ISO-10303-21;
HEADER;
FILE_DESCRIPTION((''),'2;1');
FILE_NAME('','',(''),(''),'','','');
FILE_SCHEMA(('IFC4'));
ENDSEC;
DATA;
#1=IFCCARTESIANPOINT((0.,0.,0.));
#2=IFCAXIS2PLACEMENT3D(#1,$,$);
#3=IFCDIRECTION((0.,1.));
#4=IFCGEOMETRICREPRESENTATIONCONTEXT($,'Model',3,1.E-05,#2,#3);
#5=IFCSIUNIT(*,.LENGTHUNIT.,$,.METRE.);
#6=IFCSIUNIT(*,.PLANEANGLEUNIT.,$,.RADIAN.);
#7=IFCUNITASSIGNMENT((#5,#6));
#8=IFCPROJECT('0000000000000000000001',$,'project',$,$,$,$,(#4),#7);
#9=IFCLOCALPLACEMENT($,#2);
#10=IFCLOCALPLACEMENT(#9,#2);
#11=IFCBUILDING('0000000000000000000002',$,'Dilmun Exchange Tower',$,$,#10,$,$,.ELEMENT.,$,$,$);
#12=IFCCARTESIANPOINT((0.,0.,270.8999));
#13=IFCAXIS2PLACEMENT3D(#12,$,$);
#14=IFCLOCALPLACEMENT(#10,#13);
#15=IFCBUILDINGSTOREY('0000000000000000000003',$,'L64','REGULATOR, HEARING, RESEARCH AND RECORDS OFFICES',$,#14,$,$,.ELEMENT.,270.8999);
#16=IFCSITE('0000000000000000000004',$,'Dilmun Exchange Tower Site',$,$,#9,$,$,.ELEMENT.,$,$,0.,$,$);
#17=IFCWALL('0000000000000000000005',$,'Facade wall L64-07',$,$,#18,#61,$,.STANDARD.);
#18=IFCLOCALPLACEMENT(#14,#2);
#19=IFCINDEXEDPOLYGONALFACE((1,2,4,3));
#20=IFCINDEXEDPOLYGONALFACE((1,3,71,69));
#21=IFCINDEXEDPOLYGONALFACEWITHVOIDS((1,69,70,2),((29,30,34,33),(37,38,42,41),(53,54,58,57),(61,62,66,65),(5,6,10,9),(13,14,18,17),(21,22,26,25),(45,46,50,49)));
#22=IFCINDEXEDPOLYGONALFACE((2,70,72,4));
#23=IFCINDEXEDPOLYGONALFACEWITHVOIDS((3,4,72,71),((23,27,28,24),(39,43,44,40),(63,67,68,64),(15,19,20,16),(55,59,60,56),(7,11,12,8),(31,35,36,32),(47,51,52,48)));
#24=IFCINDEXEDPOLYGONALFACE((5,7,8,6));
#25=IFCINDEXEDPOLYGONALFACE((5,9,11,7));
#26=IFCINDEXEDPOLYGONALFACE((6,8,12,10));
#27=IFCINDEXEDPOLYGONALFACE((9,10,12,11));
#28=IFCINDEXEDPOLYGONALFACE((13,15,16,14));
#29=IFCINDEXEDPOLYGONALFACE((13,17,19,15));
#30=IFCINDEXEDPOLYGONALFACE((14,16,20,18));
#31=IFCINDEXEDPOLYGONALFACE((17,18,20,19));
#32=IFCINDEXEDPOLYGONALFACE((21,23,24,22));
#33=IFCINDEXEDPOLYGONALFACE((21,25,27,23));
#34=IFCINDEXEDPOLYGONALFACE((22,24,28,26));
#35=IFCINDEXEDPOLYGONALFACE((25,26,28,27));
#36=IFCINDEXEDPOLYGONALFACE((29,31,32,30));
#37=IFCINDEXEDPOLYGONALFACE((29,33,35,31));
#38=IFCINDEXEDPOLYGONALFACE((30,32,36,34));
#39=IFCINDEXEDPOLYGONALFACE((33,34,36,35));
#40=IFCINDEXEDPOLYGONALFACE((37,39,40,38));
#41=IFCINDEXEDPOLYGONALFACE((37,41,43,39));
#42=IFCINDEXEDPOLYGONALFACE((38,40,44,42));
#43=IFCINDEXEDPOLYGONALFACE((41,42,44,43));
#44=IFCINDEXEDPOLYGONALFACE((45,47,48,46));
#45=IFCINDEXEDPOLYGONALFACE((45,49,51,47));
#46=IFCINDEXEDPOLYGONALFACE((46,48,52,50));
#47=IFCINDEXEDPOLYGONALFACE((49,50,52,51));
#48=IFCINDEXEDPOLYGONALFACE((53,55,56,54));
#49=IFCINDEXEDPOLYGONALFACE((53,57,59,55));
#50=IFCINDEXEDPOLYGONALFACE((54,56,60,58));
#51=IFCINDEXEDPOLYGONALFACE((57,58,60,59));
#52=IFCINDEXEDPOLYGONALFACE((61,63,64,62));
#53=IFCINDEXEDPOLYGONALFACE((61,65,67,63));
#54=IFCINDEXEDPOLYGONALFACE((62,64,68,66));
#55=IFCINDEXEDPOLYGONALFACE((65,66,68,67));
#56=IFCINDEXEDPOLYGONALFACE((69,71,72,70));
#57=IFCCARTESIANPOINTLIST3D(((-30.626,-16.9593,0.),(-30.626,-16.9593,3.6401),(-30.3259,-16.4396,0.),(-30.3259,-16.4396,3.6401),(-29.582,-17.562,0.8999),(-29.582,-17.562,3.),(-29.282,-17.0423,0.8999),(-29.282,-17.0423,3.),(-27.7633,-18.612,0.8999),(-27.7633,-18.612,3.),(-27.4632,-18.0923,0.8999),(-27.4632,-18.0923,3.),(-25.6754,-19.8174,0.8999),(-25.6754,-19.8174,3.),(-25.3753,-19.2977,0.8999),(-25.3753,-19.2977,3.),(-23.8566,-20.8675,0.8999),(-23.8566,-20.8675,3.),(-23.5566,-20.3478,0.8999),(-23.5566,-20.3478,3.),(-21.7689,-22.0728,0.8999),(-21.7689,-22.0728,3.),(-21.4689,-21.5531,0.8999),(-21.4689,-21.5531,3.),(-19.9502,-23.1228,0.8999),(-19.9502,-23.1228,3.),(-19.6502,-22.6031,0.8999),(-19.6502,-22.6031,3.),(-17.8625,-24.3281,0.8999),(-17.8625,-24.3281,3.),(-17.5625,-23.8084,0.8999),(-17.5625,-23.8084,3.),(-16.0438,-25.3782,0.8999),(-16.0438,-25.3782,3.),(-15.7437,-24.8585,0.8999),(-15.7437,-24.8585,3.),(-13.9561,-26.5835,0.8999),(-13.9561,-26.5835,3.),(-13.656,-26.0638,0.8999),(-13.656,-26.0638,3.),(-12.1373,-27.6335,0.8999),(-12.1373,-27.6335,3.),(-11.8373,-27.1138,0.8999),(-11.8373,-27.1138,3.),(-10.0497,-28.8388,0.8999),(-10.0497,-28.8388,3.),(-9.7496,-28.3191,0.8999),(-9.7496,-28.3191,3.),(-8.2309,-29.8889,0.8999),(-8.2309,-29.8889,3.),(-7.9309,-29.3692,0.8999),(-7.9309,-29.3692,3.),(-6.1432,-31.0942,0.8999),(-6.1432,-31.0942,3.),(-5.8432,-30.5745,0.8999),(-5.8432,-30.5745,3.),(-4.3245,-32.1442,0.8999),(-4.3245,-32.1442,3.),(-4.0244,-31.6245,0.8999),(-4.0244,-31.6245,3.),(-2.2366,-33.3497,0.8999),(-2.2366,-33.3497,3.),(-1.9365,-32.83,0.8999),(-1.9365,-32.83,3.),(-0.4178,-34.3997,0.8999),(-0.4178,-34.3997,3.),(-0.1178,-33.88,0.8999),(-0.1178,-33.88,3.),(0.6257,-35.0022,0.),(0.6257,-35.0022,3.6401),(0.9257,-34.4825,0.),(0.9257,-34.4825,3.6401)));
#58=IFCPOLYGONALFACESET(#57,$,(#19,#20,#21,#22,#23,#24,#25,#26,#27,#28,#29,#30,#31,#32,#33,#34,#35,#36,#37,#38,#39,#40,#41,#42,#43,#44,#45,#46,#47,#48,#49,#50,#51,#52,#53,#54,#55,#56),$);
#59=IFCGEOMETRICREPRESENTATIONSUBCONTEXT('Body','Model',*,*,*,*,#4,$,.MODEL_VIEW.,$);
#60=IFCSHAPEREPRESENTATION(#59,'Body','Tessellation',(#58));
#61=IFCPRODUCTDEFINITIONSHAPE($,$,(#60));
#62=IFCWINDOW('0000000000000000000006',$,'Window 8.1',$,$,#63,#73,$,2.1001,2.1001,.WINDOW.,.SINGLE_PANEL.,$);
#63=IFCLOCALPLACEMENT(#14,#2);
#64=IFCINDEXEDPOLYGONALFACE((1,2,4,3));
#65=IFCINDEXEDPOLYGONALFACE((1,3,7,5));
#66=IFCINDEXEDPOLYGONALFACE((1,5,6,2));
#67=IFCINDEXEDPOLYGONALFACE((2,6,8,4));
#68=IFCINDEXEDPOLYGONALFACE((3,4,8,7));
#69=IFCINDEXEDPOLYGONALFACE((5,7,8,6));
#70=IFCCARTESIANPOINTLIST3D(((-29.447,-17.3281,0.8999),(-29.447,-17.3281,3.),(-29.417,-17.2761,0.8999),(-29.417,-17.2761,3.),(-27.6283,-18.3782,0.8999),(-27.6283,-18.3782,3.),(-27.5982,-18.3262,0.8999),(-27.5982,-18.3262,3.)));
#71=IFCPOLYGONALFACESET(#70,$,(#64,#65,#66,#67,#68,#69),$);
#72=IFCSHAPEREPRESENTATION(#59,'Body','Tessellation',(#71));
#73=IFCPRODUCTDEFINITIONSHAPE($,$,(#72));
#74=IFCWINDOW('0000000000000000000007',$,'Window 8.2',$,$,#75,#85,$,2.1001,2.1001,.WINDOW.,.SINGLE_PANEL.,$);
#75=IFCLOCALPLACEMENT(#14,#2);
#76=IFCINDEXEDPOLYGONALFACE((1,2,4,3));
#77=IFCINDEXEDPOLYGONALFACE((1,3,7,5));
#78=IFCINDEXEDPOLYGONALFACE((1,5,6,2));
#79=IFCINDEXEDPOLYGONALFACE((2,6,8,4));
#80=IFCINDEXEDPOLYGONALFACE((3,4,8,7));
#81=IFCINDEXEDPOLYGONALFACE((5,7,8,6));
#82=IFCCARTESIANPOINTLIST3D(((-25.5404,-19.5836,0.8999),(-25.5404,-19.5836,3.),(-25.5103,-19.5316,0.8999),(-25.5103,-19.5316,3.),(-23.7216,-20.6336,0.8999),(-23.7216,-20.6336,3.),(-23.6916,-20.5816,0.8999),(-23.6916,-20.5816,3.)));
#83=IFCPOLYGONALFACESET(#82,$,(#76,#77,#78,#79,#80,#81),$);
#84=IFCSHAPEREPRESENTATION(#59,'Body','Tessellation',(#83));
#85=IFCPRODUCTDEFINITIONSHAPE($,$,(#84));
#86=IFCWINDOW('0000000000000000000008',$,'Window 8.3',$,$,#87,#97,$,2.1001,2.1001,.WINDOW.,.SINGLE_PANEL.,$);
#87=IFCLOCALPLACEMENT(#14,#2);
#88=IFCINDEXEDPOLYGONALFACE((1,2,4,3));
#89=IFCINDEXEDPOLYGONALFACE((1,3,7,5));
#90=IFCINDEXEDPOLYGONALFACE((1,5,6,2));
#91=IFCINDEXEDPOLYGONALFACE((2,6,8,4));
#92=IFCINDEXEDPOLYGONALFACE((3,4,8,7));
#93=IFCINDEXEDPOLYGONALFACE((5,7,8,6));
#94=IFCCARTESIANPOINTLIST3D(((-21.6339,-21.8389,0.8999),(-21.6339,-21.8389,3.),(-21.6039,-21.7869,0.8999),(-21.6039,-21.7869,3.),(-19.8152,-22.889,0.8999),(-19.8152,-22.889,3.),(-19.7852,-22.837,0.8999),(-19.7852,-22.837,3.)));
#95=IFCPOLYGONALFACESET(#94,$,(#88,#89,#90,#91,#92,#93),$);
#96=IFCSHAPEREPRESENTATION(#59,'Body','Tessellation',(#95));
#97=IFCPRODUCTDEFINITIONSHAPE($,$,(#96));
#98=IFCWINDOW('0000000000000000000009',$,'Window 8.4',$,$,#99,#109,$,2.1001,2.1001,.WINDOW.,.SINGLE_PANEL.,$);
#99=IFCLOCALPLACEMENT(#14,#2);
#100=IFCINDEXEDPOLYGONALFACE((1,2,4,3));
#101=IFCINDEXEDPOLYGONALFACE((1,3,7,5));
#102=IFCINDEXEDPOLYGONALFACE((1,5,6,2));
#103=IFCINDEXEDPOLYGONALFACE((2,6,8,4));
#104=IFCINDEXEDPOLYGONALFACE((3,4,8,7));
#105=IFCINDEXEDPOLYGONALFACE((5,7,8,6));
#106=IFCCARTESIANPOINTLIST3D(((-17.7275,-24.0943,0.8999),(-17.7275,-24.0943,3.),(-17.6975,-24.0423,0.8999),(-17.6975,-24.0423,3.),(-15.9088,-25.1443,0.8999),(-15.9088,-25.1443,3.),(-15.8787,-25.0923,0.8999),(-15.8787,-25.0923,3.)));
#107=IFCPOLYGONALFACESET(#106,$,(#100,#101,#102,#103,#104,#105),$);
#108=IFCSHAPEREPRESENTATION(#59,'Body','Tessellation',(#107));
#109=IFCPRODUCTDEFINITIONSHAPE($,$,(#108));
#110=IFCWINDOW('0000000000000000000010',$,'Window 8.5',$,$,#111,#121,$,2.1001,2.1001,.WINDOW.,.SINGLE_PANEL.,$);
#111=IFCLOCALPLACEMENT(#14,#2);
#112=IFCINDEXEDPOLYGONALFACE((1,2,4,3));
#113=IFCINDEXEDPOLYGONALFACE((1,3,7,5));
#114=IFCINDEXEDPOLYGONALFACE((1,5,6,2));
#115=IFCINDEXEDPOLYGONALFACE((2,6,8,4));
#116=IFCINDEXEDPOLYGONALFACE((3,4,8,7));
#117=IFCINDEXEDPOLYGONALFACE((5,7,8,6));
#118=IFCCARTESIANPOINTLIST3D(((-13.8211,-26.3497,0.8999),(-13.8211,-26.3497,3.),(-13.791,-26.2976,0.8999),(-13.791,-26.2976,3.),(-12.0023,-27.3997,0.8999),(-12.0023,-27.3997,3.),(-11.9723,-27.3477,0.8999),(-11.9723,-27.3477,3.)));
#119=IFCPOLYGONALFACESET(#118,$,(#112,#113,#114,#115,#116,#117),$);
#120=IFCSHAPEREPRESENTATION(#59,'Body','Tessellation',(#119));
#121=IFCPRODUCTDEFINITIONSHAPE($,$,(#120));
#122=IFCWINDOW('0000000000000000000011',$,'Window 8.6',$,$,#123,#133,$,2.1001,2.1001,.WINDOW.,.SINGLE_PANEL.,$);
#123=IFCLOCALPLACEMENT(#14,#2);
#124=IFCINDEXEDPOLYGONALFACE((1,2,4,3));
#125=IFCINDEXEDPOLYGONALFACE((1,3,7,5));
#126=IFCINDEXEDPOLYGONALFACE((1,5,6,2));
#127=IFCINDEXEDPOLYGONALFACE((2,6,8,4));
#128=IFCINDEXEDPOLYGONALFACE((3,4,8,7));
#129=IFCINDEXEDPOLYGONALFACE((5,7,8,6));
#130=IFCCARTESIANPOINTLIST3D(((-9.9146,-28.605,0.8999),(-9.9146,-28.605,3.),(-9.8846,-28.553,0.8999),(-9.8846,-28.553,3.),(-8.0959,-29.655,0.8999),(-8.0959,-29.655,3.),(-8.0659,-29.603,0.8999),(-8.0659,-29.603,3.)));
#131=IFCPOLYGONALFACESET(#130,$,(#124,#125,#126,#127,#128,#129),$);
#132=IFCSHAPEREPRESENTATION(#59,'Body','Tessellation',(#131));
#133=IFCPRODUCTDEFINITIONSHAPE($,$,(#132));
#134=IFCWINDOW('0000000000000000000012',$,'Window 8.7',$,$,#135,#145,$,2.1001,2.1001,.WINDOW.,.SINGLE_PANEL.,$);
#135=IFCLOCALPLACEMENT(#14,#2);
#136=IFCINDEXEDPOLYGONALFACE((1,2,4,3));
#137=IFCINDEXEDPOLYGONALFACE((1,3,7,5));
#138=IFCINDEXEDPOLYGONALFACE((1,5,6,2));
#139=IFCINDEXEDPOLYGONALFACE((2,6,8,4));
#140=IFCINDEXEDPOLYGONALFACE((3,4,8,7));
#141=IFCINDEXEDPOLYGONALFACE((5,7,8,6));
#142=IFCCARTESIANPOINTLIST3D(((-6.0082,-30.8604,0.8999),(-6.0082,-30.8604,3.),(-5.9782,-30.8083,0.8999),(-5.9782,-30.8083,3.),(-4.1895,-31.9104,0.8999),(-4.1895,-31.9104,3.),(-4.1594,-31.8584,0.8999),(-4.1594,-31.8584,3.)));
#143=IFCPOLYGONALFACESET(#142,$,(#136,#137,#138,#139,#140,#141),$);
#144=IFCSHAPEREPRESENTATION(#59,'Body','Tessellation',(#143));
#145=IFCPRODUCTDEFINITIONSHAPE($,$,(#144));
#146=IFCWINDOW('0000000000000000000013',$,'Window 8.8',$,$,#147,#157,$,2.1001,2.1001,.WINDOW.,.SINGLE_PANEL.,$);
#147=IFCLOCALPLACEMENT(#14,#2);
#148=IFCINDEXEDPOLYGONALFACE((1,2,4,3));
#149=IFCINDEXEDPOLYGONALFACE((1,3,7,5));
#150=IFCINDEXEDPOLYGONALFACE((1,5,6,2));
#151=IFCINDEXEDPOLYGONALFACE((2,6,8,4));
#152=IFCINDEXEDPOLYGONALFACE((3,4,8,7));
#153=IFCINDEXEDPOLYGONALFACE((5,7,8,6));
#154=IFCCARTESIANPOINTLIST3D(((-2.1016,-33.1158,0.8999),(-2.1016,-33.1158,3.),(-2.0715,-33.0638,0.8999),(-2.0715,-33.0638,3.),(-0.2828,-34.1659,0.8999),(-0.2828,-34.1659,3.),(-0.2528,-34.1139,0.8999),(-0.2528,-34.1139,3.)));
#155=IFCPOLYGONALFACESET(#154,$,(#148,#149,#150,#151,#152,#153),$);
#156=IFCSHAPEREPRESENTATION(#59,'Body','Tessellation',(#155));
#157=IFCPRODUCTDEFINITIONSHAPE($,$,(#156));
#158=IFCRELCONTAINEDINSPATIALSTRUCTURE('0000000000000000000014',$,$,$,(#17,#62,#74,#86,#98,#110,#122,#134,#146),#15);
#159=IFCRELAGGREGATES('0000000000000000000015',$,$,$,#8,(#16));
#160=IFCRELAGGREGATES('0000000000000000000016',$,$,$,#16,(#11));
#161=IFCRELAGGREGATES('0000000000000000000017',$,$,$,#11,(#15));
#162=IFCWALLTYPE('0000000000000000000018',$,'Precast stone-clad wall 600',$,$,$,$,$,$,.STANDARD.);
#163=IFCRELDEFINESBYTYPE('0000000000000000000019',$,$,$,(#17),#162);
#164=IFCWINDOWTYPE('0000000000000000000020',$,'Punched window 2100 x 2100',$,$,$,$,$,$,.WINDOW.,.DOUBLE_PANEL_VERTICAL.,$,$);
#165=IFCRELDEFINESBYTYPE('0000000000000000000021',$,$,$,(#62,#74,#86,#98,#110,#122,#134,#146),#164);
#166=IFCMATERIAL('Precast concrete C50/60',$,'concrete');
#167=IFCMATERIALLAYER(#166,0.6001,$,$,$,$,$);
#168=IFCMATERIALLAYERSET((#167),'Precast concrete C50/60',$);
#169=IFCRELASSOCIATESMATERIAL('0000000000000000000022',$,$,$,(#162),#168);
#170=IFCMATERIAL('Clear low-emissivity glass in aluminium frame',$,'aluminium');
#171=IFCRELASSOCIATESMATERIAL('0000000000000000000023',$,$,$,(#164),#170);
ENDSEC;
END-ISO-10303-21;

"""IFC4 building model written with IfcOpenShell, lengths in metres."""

from ifc_helpers import new_model, si_unit, direction, frame, frame_2d, origin, place, context, subcontext, project, spatial, rectangle, extrude, material, layer, layer_set, type_object, element, fill, save


model = new_model("IFC4")

# Units and contexts
model_context = context("Model", 3, precision=1e-05, world=origin(), true_north=direction((0.0, 1.0)))
body_context = subcontext(model_context, "Body", "Model", "MODEL_VIEW")
ifc_project = project(units=[si_unit("LENGTHUNIT", "METRE"), si_unit("PLANEANGLEUNIT", "RADIAN")], contexts=[model_context])

# Site, building, storey
site_placement = place(None, origin())
site = spatial("IfcSite", under=ifc_project, at=site_placement, Name="Dilmun Exchange Tower Site", CompositionType="ELEMENT", RefElevation=0.0)
building_placement = place(site_placement, origin())
building = spatial("IfcBuilding", under=site, at=building_placement, Name="Dilmun Exchange Tower", CompositionType="ELEMENT")
storey_placement = place(building_placement, frame((0.0, 0.0, 270.8999)))
storey = spatial("IfcBuildingStorey", under=building, at=storey_placement, Name="L64", Description="REGULATOR, HEARING, RESEARCH AND RECORDS OFFICES", CompositionType="ELEMENT", Elevation=270.8999)

# Shared definitions
ifc_material_1 = material(Name="Precast concrete C50/60", Category="concrete")
ifc_layer_1 = layer(ifc_material_1, 0.6001)
ifc_layer_set_1 = layer_set([ifc_layer_1], Name="Precast concrete C50/60")
wall_type_1 = type_object("IfcWallType", Name="Precast stone-clad wall 600", PredefinedType="STANDARD", material=ifc_layer_set_1)
ifc_material_2 = material(Name="Clear low-emissivity glass in aluminium frame", Category="aluminium")

# Wall, openings, windows
wall_1_placement = place(storey_placement, frame((-30.4758, -16.6995, 0.0), z_axis=(0.0, 0.0, 1.0), x_axis=(0.866028, -0.499996, 0.0)))
wall_1 = element("IfcWall", 1, at=wall_1_placement, inside=storey, type_object=wall_type_1, Name="Facade wall L64-07", PredefinedType="STANDARD", context=body_context, shape_type="SweptSolid", body=[
    extrude(rectangle(XDim=36.0862, YDim=0.6001, at=frame_2d((18.043, 0.0))), origin(), (0.0, 0.0, 1.0), 3.6401),
])
opening_1_placement = place(wall_1_placement, frame((1.2053, 0.0, 0.8999)))
opening_1 = element("IfcOpeningElement", 2, at=opening_1_placement, cuts=wall_1, PredefinedType="OPENING", context=body_context, shape_type="SweptSolid", body=[
    extrude(rectangle(XDim=2.1001, YDim=2.1001, at=frame_2d((1.05, 1.05))), frame((0.0, 0.3101, 0.0), z_axis=(0.0, -1.0, 0.0), x_axis=(1.0, 0.0, 0.0)), (0.0, 0.0, 1.0), 0.6201),
])
opening_2_placement = place(wall_1_placement, frame((5.7163, 0.0, 0.8999)))
opening_2 = element("IfcOpeningElement", 3, at=opening_2_placement, cuts=wall_1, PredefinedType="OPENING", context=body_context, shape_type="SweptSolid", body=[
    extrude(rectangle(XDim=2.1001, YDim=2.1001, at=frame_2d((1.05, 1.05))), frame((0.0, 0.3101, 0.0), z_axis=(0.0, -1.0, 0.0), x_axis=(1.0, 0.0, 0.0)), (0.0, 0.0, 1.0), 0.6201),
])
opening_3_placement = place(wall_1_placement, frame((10.2271, 0.0, 0.8999)))
opening_3 = element("IfcOpeningElement", 4, at=opening_3_placement, cuts=wall_1, PredefinedType="OPENING", context=body_context, shape_type="SweptSolid", body=[
    extrude(rectangle(XDim=2.1001, YDim=2.1001, at=frame_2d((1.05, 1.05))), frame((0.0, 0.3101, 0.0), z_axis=(0.0, -1.0, 0.0), x_axis=(1.0, 0.0, 0.0)), (0.0, 0.0, 1.0), 0.6201),
])
opening_4_placement = place(wall_1_placement, frame((14.7378, 0.0, 0.8999)))
opening_4 = element("IfcOpeningElement", 5, at=opening_4_placement, cuts=wall_1, PredefinedType="OPENING", context=body_context, shape_type="SweptSolid", body=[
    extrude(rectangle(XDim=2.1001, YDim=2.1001, at=frame_2d((1.05, 1.05))), frame((0.0, 0.3101, 0.0), z_axis=(0.0, -1.0, 0.0), x_axis=(1.0, 0.0, 0.0)), (0.0, 0.0, 1.0), 0.6201),
])
opening_5_placement = place(wall_1_placement, frame((19.2485, 0.0, 0.8999)))
opening_5 = element("IfcOpeningElement", 6, at=opening_5_placement, cuts=wall_1, PredefinedType="OPENING", context=body_context, shape_type="SweptSolid", body=[
    extrude(rectangle(XDim=2.1001, YDim=2.1001, at=frame_2d((1.05, 1.05))), frame((0.0, 0.3101, 0.0), z_axis=(0.0, -1.0, 0.0), x_axis=(1.0, 0.0, 0.0)), (0.0, 0.0, 1.0), 0.6201),
])
opening_6_placement = place(wall_1_placement, frame((23.7593, 0.0, 0.8999)))
opening_6 = element("IfcOpeningElement", 7, at=opening_6_placement, cuts=wall_1, PredefinedType="OPENING", context=body_context, shape_type="SweptSolid", body=[
    extrude(rectangle(XDim=2.1001, YDim=2.1001, at=frame_2d((1.05, 1.05))), frame((0.0, 0.3101, 0.0), z_axis=(0.0, -1.0, 0.0), x_axis=(1.0, 0.0, 0.0)), (0.0, 0.0, 1.0), 0.6201),
])
opening_7_placement = place(wall_1_placement, frame((28.27, 0.0, 0.8999)))
opening_7 = element("IfcOpeningElement", 8, at=opening_7_placement, cuts=wall_1, PredefinedType="OPENING", context=body_context, shape_type="SweptSolid", body=[
    extrude(rectangle(XDim=2.1001, YDim=2.1001, at=frame_2d((1.05, 1.05))), frame((0.0, 0.3101, 0.0), z_axis=(0.0, -1.0, 0.0), x_axis=(1.0, 0.0, 0.0)), (0.0, 0.0, 1.0), 0.6201),
])
opening_8_placement = place(wall_1_placement, frame((32.781, 0.0, 0.8999)))
opening_8 = element("IfcOpeningElement", 9, at=opening_8_placement, cuts=wall_1, PredefinedType="OPENING", context=body_context, shape_type="SweptSolid", body=[
    extrude(rectangle(XDim=2.1001, YDim=2.1001, at=frame_2d((1.05, 1.05))), frame((0.0, 0.3101, 0.0), z_axis=(0.0, -1.0, 0.0), x_axis=(1.0, 0.0, 0.0)), (0.0, 0.0, 1.0), 0.6201),
])
window_type_1 = type_object("IfcWindowType", Name="Punched window 2100 x 2100", PartitioningType="DOUBLE_PANEL_VERTICAL", PredefinedType="WINDOW", material=ifc_material_2)
window_1_placement = place(opening_1_placement, origin())
window_1 = element("IfcWindow", 10, at=window_1_placement, inside=storey, type_object=window_type_1, Name="Window 8.1", OverallHeight=2.1001, OverallWidth=2.1001, PartitioningType="SINGLE_PANEL", PredefinedType="WINDOW", context=body_context, shape_type="SweptSolid", body=[
    extrude(rectangle(XDim=2.1001, YDim=2.1001, at=frame_2d((1.05, 1.05))), frame((0.0, 0.03, 0.0), z_axis=(0.0, -1.0, 0.0), x_axis=(1.0, 0.0, 0.0)), (0.0, 0.0, 1.0), 0.0601),
])
fill(opening_1, window_1)
window_2_placement = place(opening_2_placement, origin())
window_2 = element("IfcWindow", 11, at=window_2_placement, inside=storey, type_object=window_type_1, Name="Window 8.2", OverallHeight=2.1001, OverallWidth=2.1001, PartitioningType="SINGLE_PANEL", PredefinedType="WINDOW", context=body_context, shape_type="SweptSolid", body=[
    extrude(rectangle(XDim=2.1001, YDim=2.1001, at=frame_2d((1.05, 1.05))), frame((0.0, 0.03, 0.0), z_axis=(0.0, -1.0, 0.0), x_axis=(1.0, 0.0, 0.0)), (0.0, 0.0, 1.0), 0.0601),
])
fill(opening_2, window_2)
window_3_placement = place(opening_3_placement, origin())
window_3 = element("IfcWindow", 12, at=window_3_placement, inside=storey, type_object=window_type_1, Name="Window 8.3", OverallHeight=2.1001, OverallWidth=2.1001, PartitioningType="SINGLE_PANEL", PredefinedType="WINDOW", context=body_context, shape_type="SweptSolid", body=[
    extrude(rectangle(XDim=2.1001, YDim=2.1001, at=frame_2d((1.05, 1.05))), frame((0.0, 0.03, 0.0), z_axis=(0.0, -1.0, 0.0), x_axis=(1.0, 0.0, 0.0)), (0.0, 0.0, 1.0), 0.0601),
])
fill(opening_3, window_3)
window_4_placement = place(opening_4_placement, origin())
window_4 = element("IfcWindow", 13, at=window_4_placement, inside=storey, type_object=window_type_1, Name="Window 8.4", OverallHeight=2.1001, OverallWidth=2.1001, PartitioningType="SINGLE_PANEL", PredefinedType="WINDOW", context=body_context, shape_type="SweptSolid", body=[
    extrude(rectangle(XDim=2.1001, YDim=2.1001, at=frame_2d((1.05, 1.05))), frame((0.0, 0.03, 0.0), z_axis=(0.0, -1.0, 0.0), x_axis=(1.0, 0.0, 0.0)), (0.0, 0.0, 1.0), 0.0601),
])
fill(opening_4, window_4)
window_5_placement = place(opening_5_placement, origin())
window_5 = element("IfcWindow", 14, at=window_5_placement, inside=storey, type_object=window_type_1, Name="Window 8.5", OverallHeight=2.1001, OverallWidth=2.1001, PartitioningType="SINGLE_PANEL", PredefinedType="WINDOW", context=body_context, shape_type="SweptSolid", body=[
    extrude(rectangle(XDim=2.1001, YDim=2.1001, at=frame_2d((1.05, 1.05))), frame((0.0, 0.03, 0.0), z_axis=(0.0, -1.0, 0.0), x_axis=(1.0, 0.0, 0.0)), (0.0, 0.0, 1.0), 0.0601),
])
fill(opening_5, window_5)
window_6_placement = place(opening_6_placement, origin())
window_6 = element("IfcWindow", 15, at=window_6_placement, inside=storey, type_object=window_type_1, Name="Window 8.6", OverallHeight=2.1001, OverallWidth=2.1001, PartitioningType="SINGLE_PANEL", PredefinedType="WINDOW", context=body_context, shape_type="SweptSolid", body=[
    extrude(rectangle(XDim=2.1001, YDim=2.1001, at=frame_2d((1.05, 1.05))), frame((0.0, 0.03, 0.0), z_axis=(0.0, -1.0, 0.0), x_axis=(1.0, 0.0, 0.0)), (0.0, 0.0, 1.0), 0.0601),
])
fill(opening_6, window_6)
window_7_placement = place(opening_7_placement, origin())
window_7 = element("IfcWindow", 16, at=window_7_placement, inside=storey, type_object=window_type_1, Name="Window 8.7", OverallHeight=2.1001, OverallWidth=2.1001, PartitioningType="SINGLE_PANEL", PredefinedType="WINDOW", context=body_context, shape_type="SweptSolid", body=[
    extrude(rectangle(XDim=2.1001, YDim=2.1001, at=frame_2d((1.05, 1.05))), frame((0.0, 0.03, 0.0), z_axis=(0.0, -1.0, 0.0), x_axis=(1.0, 0.0, 0.0)), (0.0, 0.0, 1.0), 0.0601),
])
fill(opening_7, window_7)
window_8_placement = place(opening_8_placement, origin())
window_8 = element("IfcWindow", 17, at=window_8_placement, inside=storey, type_object=window_type_1, Name="Window 8.8", OverallHeight=2.1001, OverallWidth=2.1001, PartitioningType="SINGLE_PANEL", PredefinedType="WINDOW", context=body_context, shape_type="SweptSolid", body=[
    extrude(rectangle(XDim=2.1001, YDim=2.1001, at=frame_2d((1.05, 1.05))), frame((0.0, 0.03, 0.0), z_axis=(0.0, -1.0, 0.0), x_axis=(1.0, 0.0, 0.0)), (0.0, 0.0, 1.0), 0.0601),
])
fill(opening_8, window_8)

save(model, "model.ifc")
